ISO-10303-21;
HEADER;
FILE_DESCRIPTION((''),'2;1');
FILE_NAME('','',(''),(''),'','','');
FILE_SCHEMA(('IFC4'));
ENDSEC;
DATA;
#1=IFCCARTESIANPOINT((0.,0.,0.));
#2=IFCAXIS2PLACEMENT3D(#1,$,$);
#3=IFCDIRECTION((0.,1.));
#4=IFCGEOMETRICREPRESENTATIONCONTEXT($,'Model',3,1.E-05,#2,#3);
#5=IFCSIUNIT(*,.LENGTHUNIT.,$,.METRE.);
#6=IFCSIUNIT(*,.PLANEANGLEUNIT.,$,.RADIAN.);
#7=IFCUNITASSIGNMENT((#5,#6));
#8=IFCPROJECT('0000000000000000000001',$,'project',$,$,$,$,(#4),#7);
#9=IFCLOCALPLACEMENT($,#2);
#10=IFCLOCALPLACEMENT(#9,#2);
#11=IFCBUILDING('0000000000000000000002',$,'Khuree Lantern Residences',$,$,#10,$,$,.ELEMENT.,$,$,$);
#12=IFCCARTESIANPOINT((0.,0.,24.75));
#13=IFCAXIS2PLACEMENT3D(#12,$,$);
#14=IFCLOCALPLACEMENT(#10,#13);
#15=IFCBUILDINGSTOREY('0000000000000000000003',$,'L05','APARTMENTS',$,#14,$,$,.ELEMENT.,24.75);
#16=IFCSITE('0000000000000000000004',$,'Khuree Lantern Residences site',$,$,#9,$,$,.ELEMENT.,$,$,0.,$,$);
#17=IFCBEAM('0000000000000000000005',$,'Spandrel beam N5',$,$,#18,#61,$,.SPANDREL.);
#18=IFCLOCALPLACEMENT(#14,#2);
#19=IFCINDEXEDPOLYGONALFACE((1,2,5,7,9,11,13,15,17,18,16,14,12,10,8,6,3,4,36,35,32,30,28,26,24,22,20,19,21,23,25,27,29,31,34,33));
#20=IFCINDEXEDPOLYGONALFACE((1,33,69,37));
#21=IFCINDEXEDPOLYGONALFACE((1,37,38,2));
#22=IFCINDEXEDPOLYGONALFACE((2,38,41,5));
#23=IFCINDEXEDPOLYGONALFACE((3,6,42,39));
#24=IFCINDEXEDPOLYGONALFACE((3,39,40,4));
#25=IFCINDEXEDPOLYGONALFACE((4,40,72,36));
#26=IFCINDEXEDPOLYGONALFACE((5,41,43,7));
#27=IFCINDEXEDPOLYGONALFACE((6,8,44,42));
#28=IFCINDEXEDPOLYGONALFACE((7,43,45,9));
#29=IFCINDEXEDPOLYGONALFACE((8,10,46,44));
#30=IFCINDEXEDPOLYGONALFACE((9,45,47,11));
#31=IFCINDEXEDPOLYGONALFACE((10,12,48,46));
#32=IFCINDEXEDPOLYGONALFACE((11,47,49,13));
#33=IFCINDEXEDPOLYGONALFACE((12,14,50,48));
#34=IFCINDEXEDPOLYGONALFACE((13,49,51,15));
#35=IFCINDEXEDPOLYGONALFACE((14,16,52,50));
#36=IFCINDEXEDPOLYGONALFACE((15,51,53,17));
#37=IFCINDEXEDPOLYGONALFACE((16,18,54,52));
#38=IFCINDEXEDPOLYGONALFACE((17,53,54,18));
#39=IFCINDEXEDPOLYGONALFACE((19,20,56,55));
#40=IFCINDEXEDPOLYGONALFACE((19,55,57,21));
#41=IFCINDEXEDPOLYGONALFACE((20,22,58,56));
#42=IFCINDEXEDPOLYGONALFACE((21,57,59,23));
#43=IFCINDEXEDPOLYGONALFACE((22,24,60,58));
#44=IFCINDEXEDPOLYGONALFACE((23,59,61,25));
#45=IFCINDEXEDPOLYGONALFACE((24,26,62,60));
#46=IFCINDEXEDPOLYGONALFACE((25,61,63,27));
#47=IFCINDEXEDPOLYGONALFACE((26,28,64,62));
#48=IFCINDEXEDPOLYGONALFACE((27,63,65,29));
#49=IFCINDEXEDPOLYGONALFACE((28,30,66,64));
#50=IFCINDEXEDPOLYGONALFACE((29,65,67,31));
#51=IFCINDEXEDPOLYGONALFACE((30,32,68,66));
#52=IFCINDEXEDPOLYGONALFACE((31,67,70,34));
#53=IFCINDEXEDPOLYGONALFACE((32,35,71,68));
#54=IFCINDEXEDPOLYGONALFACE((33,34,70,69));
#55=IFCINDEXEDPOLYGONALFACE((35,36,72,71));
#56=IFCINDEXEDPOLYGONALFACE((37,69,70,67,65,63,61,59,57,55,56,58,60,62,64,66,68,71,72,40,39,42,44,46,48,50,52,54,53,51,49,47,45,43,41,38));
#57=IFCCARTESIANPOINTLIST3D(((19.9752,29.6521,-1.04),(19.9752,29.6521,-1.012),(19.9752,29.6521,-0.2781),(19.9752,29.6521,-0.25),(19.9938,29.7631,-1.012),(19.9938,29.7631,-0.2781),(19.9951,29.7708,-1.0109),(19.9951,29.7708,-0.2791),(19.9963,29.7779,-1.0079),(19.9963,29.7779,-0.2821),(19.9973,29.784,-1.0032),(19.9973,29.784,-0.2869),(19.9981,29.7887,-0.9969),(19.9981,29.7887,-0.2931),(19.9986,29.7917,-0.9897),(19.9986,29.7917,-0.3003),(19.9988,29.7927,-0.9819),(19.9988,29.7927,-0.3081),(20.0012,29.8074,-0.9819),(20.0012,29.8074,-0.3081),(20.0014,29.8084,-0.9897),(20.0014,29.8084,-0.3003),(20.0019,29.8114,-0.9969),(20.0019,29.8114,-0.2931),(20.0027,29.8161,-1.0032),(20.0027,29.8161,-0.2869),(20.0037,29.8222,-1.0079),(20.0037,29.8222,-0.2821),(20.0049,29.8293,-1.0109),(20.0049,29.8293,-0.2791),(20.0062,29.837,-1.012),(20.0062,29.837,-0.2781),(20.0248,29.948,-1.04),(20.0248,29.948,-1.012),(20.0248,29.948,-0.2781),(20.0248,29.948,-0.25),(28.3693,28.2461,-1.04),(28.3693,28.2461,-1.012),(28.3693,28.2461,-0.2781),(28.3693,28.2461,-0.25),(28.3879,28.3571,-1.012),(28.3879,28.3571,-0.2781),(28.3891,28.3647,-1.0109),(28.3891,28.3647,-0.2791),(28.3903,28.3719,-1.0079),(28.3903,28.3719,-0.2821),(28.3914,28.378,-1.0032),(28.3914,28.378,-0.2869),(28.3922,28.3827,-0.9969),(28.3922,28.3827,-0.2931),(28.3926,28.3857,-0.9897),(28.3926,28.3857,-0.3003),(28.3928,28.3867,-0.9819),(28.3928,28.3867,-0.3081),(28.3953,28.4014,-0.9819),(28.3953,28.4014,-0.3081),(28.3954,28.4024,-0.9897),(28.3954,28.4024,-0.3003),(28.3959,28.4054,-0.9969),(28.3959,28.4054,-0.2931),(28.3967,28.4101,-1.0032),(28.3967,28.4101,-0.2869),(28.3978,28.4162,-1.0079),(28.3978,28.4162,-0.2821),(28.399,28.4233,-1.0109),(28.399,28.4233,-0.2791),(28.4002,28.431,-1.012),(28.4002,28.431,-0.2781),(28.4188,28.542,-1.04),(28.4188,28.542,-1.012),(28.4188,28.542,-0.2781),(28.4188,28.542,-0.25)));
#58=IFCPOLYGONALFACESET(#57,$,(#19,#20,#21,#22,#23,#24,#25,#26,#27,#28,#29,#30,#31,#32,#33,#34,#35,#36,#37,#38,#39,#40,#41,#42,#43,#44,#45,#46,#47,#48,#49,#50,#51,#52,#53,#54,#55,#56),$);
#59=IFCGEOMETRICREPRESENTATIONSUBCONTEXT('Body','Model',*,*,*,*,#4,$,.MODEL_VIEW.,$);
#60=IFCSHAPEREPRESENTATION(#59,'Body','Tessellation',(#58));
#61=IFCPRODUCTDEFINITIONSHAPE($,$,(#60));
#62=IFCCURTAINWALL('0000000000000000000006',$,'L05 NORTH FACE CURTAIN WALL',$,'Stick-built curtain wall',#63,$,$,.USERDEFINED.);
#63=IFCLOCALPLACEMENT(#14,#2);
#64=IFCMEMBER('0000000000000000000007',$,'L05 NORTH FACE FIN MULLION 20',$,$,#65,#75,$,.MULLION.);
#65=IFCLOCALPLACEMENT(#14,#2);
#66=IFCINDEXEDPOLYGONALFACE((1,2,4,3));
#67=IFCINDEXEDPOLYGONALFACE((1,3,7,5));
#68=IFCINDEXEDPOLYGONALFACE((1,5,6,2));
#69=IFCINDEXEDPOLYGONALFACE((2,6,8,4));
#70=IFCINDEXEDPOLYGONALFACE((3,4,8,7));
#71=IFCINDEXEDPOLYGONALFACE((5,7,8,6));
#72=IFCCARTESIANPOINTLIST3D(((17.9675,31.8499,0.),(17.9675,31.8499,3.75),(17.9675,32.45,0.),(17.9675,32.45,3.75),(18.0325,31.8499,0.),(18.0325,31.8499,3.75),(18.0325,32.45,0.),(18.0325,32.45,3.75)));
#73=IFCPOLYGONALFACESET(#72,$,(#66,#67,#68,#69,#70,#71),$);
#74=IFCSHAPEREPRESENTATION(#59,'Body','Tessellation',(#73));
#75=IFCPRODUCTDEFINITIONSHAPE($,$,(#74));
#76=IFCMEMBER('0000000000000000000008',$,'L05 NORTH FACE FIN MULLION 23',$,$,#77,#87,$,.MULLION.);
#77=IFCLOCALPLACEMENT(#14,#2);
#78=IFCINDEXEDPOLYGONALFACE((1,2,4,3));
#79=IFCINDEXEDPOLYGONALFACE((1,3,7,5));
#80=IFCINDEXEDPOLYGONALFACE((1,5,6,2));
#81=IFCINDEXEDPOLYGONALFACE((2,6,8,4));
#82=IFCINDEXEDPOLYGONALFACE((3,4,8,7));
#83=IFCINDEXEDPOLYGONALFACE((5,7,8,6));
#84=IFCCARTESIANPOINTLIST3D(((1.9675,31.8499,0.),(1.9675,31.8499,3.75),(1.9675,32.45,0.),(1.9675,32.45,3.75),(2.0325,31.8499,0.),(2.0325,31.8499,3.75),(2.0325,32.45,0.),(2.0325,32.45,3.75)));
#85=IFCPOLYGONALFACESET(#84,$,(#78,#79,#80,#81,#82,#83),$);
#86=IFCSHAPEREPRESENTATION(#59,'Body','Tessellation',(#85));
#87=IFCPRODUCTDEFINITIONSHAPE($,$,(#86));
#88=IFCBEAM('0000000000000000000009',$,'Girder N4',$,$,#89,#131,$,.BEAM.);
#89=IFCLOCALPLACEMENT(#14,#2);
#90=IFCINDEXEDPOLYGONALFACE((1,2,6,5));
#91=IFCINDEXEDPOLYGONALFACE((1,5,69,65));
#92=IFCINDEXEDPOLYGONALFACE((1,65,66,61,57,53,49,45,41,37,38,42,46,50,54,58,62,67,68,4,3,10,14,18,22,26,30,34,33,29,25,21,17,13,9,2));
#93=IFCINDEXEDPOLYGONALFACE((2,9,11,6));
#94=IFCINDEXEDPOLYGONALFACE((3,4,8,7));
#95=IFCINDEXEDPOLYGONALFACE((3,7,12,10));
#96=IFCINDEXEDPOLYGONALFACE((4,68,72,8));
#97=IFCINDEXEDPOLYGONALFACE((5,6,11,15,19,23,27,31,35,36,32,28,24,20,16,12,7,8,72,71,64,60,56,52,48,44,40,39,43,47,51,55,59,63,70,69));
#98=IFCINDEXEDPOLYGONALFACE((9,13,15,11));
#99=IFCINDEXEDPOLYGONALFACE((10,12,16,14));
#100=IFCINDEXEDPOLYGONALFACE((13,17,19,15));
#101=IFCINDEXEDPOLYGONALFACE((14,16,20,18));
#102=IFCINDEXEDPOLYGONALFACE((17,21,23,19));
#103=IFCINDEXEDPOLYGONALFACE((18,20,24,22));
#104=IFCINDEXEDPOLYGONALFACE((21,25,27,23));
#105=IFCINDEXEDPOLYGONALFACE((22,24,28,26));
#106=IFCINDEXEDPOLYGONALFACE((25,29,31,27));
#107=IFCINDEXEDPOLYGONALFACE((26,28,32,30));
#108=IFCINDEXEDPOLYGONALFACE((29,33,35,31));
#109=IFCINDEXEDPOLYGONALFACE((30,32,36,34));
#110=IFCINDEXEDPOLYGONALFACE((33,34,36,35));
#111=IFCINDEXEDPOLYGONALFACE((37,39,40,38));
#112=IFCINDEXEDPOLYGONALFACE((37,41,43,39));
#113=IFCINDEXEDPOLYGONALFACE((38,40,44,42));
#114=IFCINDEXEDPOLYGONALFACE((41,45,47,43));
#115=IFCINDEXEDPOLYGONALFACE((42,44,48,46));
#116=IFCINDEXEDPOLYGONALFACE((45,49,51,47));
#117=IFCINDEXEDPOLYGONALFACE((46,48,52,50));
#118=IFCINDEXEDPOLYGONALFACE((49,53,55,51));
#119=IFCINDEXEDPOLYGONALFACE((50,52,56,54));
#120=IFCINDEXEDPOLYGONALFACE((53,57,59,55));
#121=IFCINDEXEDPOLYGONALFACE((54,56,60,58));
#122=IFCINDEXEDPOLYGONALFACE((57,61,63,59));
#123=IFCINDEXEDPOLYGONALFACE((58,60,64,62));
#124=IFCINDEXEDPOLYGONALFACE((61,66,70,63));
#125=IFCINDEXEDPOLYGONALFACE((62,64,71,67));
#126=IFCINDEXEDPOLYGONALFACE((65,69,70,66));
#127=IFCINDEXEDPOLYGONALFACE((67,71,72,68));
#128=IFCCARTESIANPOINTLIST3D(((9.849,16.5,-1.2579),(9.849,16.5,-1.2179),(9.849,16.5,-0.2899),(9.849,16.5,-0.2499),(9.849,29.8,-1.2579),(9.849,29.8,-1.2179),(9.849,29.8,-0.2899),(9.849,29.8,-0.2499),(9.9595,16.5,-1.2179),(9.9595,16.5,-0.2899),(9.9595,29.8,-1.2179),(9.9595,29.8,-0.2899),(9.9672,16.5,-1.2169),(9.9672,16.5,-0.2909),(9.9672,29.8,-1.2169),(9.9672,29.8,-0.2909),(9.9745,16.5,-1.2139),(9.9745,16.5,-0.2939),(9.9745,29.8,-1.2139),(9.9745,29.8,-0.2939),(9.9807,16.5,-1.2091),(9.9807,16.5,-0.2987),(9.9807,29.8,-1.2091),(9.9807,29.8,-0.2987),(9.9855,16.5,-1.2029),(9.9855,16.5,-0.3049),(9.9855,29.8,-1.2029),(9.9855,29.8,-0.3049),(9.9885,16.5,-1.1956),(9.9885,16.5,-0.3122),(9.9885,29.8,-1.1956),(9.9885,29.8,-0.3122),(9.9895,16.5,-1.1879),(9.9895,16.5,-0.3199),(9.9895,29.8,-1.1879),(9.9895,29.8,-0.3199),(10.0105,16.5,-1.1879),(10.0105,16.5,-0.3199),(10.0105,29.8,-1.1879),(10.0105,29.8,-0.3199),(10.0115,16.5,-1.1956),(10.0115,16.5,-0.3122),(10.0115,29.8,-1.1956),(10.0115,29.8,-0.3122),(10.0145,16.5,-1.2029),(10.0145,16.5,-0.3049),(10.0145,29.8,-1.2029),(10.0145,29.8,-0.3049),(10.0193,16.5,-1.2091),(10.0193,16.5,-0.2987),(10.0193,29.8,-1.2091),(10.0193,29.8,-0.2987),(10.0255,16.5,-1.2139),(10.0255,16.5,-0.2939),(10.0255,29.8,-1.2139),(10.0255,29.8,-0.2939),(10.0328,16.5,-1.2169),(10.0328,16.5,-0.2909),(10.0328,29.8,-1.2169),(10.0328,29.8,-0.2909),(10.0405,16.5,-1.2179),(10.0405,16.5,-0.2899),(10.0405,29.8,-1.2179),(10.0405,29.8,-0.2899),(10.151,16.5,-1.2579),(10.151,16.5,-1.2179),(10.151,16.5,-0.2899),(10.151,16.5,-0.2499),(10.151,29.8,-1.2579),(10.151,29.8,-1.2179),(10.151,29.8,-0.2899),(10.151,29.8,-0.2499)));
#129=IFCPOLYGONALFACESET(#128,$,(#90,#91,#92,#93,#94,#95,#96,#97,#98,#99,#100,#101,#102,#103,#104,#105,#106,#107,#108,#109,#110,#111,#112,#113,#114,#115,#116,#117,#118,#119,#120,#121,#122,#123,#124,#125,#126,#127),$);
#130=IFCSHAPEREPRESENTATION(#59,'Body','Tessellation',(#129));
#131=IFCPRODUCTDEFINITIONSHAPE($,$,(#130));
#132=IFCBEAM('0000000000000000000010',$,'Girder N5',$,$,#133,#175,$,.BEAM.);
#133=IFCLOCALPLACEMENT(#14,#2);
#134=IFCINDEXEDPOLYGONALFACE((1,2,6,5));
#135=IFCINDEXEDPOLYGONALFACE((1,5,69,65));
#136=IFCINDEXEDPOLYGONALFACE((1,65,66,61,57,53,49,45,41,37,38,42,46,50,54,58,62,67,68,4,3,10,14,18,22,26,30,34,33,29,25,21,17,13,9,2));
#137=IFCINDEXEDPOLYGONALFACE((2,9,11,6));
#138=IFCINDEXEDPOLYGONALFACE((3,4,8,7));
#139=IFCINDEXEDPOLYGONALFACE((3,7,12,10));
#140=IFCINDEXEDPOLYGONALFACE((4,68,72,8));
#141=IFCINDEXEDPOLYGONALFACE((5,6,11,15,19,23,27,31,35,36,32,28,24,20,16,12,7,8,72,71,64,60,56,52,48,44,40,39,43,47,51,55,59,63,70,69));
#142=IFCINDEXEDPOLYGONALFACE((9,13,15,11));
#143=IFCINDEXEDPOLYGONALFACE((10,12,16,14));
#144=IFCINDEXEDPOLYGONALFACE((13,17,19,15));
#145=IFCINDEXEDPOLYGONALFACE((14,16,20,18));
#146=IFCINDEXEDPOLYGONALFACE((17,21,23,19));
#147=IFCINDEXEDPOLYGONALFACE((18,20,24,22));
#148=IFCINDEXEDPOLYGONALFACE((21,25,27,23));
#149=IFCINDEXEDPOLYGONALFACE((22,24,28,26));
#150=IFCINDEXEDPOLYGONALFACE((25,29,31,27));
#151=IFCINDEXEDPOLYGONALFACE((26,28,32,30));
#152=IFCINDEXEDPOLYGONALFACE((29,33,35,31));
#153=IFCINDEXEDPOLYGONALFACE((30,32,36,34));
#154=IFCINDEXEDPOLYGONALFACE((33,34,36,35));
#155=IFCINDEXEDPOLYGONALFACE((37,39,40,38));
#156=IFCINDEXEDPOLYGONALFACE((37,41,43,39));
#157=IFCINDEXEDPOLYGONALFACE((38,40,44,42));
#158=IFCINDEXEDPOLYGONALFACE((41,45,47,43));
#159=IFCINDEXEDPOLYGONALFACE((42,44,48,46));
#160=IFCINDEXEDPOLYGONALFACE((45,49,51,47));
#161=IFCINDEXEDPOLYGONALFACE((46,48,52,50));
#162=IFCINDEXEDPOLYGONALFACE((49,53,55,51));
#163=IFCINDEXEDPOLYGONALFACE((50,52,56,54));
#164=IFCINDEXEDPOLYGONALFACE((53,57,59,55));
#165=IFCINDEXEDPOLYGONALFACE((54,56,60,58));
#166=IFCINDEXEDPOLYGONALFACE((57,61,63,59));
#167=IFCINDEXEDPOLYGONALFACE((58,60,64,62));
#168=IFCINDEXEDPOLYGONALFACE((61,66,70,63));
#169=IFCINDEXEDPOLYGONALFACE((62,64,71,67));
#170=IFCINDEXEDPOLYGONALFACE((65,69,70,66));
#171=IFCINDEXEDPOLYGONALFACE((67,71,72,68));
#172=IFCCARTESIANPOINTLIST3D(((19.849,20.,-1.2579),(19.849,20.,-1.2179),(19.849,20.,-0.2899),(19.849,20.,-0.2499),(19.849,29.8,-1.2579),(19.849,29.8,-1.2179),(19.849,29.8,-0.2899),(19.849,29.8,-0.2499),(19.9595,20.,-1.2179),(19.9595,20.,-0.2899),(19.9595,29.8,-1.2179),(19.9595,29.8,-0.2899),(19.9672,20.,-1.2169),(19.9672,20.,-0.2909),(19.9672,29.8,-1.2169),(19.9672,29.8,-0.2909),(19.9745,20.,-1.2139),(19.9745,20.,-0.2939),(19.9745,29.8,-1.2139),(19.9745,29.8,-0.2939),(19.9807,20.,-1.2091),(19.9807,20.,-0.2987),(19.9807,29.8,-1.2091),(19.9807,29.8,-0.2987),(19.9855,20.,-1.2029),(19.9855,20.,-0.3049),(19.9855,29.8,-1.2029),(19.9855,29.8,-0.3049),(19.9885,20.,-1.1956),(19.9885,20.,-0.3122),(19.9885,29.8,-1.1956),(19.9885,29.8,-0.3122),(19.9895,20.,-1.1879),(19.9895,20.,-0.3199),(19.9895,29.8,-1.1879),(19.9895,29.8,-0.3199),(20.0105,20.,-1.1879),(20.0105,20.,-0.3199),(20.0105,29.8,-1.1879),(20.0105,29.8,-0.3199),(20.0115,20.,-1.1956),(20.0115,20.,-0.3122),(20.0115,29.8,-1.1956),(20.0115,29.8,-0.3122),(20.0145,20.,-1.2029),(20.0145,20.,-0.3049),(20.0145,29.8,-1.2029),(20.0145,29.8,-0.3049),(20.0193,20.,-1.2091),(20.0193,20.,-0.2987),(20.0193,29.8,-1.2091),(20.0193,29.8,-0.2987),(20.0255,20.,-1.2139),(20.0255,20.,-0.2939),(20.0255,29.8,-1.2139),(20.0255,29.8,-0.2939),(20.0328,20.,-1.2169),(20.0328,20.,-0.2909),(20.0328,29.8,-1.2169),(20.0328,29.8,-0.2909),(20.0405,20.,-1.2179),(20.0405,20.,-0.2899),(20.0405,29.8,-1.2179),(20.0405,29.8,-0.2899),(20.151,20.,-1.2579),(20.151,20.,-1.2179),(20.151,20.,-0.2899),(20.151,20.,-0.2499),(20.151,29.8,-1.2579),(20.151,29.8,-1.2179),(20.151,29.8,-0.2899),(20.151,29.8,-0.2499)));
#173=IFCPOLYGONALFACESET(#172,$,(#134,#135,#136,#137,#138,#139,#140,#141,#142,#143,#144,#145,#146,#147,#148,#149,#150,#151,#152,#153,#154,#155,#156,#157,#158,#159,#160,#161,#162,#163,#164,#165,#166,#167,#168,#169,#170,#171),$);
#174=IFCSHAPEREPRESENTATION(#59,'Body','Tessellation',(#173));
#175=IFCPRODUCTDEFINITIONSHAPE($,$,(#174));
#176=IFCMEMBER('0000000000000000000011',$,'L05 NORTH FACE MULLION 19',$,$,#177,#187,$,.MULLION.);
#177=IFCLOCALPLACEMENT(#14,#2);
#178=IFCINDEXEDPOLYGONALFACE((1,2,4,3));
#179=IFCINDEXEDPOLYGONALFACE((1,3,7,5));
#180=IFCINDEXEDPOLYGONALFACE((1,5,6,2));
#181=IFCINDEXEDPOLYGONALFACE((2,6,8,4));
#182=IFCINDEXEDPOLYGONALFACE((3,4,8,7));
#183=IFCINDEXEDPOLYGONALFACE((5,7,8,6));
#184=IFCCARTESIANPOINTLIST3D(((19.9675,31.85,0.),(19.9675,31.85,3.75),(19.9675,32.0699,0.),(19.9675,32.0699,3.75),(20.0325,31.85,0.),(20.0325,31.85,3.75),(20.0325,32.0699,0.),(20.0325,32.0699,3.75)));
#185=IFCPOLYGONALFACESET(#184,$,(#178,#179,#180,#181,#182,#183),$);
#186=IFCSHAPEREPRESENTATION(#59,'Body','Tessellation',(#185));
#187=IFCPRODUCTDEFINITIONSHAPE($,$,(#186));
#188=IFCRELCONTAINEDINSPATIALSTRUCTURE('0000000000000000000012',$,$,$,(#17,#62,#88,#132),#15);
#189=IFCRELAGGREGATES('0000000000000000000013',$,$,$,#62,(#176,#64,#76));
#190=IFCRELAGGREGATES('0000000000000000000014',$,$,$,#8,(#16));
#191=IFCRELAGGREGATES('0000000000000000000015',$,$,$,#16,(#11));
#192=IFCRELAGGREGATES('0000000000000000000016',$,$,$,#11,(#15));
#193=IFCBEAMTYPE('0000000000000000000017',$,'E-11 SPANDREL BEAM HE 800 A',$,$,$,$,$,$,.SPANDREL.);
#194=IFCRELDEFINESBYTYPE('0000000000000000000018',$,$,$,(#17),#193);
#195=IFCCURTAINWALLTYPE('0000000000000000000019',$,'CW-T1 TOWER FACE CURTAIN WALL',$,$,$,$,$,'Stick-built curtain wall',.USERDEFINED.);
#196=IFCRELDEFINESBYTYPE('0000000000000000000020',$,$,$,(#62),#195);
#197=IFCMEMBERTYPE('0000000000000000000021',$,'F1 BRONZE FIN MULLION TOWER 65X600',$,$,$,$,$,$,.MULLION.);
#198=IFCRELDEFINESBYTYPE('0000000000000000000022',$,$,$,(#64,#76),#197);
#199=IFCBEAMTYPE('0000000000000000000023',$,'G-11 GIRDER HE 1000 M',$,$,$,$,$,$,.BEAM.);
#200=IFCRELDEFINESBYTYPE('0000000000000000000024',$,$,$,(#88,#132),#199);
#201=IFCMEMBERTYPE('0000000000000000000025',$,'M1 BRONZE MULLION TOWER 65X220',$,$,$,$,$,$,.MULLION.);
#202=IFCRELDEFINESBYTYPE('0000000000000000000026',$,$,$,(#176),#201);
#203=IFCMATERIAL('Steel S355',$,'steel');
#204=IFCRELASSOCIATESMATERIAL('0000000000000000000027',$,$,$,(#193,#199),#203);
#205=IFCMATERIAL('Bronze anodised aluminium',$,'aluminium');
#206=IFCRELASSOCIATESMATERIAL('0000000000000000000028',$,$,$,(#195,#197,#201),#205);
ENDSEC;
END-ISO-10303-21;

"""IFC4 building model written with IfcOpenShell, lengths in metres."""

from ifc_helpers import new_model, si_unit, direction, frame, origin, origin_2d, place, context, subcontext, project, spatial, rectangle, i_section, extrude, material, material_profile, profile_set, type_object, element, aggregate, save


model = new_model("IFC4")

# Units and contexts
model_context = context("Model", 3, precision=1e-05, world=origin(), true_north=direction((0.0, 1.0)))
body_context = subcontext(model_context, "Body", "Model", "MODEL_VIEW")
ifc_project = project(units=[si_unit("LENGTHUNIT", "METRE"), si_unit("PLANEANGLEUNIT", "RADIAN")], contexts=[model_context])

# Site, building, storey
site_placement = place(None, origin())
site = spatial("IfcSite", under=ifc_project, at=site_placement, Name="Khuree Lantern Residences site", CompositionType="ELEMENT", RefElevation=0.0)
building_placement = place(site_placement, origin())
building = spatial("IfcBuilding", under=site, at=building_placement, Name="Khuree Lantern Residences", CompositionType="ELEMENT")
storey_placement = place(building_placement, frame((0.0, 0.0, 24.75)))
storey = spatial("IfcBuildingStorey", under=building, at=storey_placement, Name="L05", Description="APARTMENTS", CompositionType="ELEMENT", Elevation=24.75)

# Beam
ifc_material_1 = material(Name="Steel S355", Category="steel")
ifc_material_profile_1 = material_profile(ifc_material_1, i_section(OverallWidth=0.3, OverallDepth=0.79, WebThickness=0.0149, FlangeThickness=0.0281, FilletRadius=0.03, at=origin_2d()), Name="HE 800 A")
ifc_profile_set_1 = profile_set([ifc_material_profile_1], Name="Steel S355")
beam_type_1 = type_object("IfcBeamType", Name="E-11 SPANDREL BEAM HE 800 A", PredefinedType="SPANDREL", material=ifc_profile_set_1)
beam_1_placement = place(storey_placement, frame((20.0, 29.8, -0.645), z_axis=(0.98626, -0.165199, 0.0), x_axis=(0.165199, 0.98626, 0.0)))
element("IfcBeam", 1, at=beam_1_placement, inside=storey, type_object=beam_type_1, Name="Spandrel beam N5", PredefinedType="SPANDREL", context=body_context, shape_type="SweptSolid", body=[
    extrude(i_section(OverallWidth=0.3, OverallDepth=0.79, WebThickness=0.0149, FlangeThickness=0.0281, FilletRadius=0.03, at=origin_2d()), origin(), (0.0, 0.0, 1.0), 8.511),
])

# Curtain wall, members
ifc_material_2 = material(Name="Bronze anodised aluminium", Category="aluminium")
curtain_wall_type = type_object("IfcCurtainWallType", Name="CW-T1 TOWER FACE CURTAIN WALL", ElementType="Stick-built curtain wall", PredefinedType="USERDEFINED", material=ifc_material_2)
curtain_wall_placement = place(storey_placement, origin())
curtain_wall = element("IfcCurtainWall", 2, at=curtain_wall_placement, inside=storey, type_object=curtain_wall_type, Name="L05 NORTH FACE CURTAIN WALL", ObjectType="Stick-built curtain wall", PredefinedType="USERDEFINED")
ifc_material_profile_2 = material_profile(ifc_material_2, rectangle(XDim=0.0649, YDim=0.6001, at=origin_2d()), Name="F1 65X600")
ifc_profile_set_2 = profile_set([ifc_material_profile_2], Name="Bronze anodised aluminium")
member_type_1 = type_object("IfcMemberType", Name="F1 BRONZE FIN MULLION TOWER 65X600", PredefinedType="MULLION", material=ifc_profile_set_2)
member_1_placement = place(storey_placement, frame((18.0, 32.1499, 0.0), z_axis=(0.0, 0.0, 1.0), x_axis=(-1.0, 0.0, 0.0)))
member_1 = element("IfcMember", 3, at=member_1_placement, type_object=member_type_1, Name="L05 NORTH FACE FIN MULLION 20", PredefinedType="MULLION", context=body_context, shape_type="SweptSolid", body=[
    extrude(rectangle(XDim=0.0649, YDim=0.6001, at=origin_2d()), origin(), (0.0, 0.0, 1.0), 3.75),
])
member_2_placement = place(storey_placement, frame((2.0, 32.1499, 0.0), z_axis=(0.0, 0.0, 1.0), x_axis=(-1.0, 0.0, 0.0)))
member_2 = element("IfcMember", 4, at=member_2_placement, type_object=member_type_1, Name="L05 NORTH FACE FIN MULLION 23", PredefinedType="MULLION", context=body_context, shape_type="SweptSolid", body=[
    extrude(rectangle(XDim=0.0649, YDim=0.6001, at=origin_2d()), origin(), (0.0, 0.0, 1.0), 3.75),
])

# Beams
ifc_material_profile_3 = material_profile(ifc_material_1, i_section(OverallWidth=0.302, OverallDepth=1.0081, WebThickness=0.021, FlangeThickness=0.04, FilletRadius=0.03, at=origin_2d()), Name="HE 1000 M")
ifc_profile_set_3 = profile_set([ifc_material_profile_3], Name="Steel S355")
beam_type_2 = type_object("IfcBeamType", Name="G-11 GIRDER HE 1000 M", PredefinedType="BEAM", material=ifc_profile_set_3)
beam_2_placement = place(storey_placement, frame((10.0, 29.8, -0.7539), z_axis=(0.0, -1.0, 0.0), x_axis=(1.0, 0.0, 0.0)))
element("IfcBeam", 5, at=beam_2_placement, inside=storey, type_object=beam_type_2, Name="Girder N4", PredefinedType="BEAM", context=body_context, shape_type="SweptSolid", body=[
    extrude(i_section(OverallWidth=0.302, OverallDepth=1.0081, WebThickness=0.021, FlangeThickness=0.04, FilletRadius=0.03, at=origin_2d()), origin(), (0.0, 0.0, 1.0), 13.3),
])
beam_3_placement = place(storey_placement, frame((20.0, 29.8, -0.7539), z_axis=(0.0, -1.0, 0.0), x_axis=(1.0, 0.0, 0.0)))
element("IfcBeam", 6, at=beam_3_placement, inside=storey, type_object=beam_type_2, Name="Girder N5", PredefinedType="BEAM", context=body_context, shape_type="SweptSolid", body=[
    extrude(i_section(OverallWidth=0.302, OverallDepth=1.0081, WebThickness=0.021, FlangeThickness=0.04, FilletRadius=0.03, at=origin_2d()), origin(), (0.0, 0.0, 1.0), 9.8),
])

# Member
ifc_material_profile_4 = material_profile(ifc_material_2, rectangle(XDim=0.0649, YDim=0.22, at=origin_2d()), Name="M1 65X220")
ifc_profile_set_4 = profile_set([ifc_material_profile_4], Name="Bronze anodised aluminium")
member_type_2 = type_object("IfcMemberType", Name="M1 BRONZE MULLION TOWER 65X220", PredefinedType="MULLION", material=ifc_profile_set_4)
member_3_placement = place(storey_placement, frame((20.0, 31.96, 0.0), z_axis=(0.0, 0.0, 1.0), x_axis=(-1.0, 0.0, 0.0)))
member_3 = element("IfcMember", 7, at=member_3_placement, type_object=member_type_2, Name="L05 NORTH FACE MULLION 19", PredefinedType="MULLION", context=body_context, shape_type="SweptSolid", body=[
    extrude(rectangle(XDim=0.0649, YDim=0.22, at=origin_2d()), origin(), (0.0, 0.0, 1.0), 3.75),
])

aggregate(curtain_wall, [member_3, member_1, member_2])

save(model, "model.ifc")
